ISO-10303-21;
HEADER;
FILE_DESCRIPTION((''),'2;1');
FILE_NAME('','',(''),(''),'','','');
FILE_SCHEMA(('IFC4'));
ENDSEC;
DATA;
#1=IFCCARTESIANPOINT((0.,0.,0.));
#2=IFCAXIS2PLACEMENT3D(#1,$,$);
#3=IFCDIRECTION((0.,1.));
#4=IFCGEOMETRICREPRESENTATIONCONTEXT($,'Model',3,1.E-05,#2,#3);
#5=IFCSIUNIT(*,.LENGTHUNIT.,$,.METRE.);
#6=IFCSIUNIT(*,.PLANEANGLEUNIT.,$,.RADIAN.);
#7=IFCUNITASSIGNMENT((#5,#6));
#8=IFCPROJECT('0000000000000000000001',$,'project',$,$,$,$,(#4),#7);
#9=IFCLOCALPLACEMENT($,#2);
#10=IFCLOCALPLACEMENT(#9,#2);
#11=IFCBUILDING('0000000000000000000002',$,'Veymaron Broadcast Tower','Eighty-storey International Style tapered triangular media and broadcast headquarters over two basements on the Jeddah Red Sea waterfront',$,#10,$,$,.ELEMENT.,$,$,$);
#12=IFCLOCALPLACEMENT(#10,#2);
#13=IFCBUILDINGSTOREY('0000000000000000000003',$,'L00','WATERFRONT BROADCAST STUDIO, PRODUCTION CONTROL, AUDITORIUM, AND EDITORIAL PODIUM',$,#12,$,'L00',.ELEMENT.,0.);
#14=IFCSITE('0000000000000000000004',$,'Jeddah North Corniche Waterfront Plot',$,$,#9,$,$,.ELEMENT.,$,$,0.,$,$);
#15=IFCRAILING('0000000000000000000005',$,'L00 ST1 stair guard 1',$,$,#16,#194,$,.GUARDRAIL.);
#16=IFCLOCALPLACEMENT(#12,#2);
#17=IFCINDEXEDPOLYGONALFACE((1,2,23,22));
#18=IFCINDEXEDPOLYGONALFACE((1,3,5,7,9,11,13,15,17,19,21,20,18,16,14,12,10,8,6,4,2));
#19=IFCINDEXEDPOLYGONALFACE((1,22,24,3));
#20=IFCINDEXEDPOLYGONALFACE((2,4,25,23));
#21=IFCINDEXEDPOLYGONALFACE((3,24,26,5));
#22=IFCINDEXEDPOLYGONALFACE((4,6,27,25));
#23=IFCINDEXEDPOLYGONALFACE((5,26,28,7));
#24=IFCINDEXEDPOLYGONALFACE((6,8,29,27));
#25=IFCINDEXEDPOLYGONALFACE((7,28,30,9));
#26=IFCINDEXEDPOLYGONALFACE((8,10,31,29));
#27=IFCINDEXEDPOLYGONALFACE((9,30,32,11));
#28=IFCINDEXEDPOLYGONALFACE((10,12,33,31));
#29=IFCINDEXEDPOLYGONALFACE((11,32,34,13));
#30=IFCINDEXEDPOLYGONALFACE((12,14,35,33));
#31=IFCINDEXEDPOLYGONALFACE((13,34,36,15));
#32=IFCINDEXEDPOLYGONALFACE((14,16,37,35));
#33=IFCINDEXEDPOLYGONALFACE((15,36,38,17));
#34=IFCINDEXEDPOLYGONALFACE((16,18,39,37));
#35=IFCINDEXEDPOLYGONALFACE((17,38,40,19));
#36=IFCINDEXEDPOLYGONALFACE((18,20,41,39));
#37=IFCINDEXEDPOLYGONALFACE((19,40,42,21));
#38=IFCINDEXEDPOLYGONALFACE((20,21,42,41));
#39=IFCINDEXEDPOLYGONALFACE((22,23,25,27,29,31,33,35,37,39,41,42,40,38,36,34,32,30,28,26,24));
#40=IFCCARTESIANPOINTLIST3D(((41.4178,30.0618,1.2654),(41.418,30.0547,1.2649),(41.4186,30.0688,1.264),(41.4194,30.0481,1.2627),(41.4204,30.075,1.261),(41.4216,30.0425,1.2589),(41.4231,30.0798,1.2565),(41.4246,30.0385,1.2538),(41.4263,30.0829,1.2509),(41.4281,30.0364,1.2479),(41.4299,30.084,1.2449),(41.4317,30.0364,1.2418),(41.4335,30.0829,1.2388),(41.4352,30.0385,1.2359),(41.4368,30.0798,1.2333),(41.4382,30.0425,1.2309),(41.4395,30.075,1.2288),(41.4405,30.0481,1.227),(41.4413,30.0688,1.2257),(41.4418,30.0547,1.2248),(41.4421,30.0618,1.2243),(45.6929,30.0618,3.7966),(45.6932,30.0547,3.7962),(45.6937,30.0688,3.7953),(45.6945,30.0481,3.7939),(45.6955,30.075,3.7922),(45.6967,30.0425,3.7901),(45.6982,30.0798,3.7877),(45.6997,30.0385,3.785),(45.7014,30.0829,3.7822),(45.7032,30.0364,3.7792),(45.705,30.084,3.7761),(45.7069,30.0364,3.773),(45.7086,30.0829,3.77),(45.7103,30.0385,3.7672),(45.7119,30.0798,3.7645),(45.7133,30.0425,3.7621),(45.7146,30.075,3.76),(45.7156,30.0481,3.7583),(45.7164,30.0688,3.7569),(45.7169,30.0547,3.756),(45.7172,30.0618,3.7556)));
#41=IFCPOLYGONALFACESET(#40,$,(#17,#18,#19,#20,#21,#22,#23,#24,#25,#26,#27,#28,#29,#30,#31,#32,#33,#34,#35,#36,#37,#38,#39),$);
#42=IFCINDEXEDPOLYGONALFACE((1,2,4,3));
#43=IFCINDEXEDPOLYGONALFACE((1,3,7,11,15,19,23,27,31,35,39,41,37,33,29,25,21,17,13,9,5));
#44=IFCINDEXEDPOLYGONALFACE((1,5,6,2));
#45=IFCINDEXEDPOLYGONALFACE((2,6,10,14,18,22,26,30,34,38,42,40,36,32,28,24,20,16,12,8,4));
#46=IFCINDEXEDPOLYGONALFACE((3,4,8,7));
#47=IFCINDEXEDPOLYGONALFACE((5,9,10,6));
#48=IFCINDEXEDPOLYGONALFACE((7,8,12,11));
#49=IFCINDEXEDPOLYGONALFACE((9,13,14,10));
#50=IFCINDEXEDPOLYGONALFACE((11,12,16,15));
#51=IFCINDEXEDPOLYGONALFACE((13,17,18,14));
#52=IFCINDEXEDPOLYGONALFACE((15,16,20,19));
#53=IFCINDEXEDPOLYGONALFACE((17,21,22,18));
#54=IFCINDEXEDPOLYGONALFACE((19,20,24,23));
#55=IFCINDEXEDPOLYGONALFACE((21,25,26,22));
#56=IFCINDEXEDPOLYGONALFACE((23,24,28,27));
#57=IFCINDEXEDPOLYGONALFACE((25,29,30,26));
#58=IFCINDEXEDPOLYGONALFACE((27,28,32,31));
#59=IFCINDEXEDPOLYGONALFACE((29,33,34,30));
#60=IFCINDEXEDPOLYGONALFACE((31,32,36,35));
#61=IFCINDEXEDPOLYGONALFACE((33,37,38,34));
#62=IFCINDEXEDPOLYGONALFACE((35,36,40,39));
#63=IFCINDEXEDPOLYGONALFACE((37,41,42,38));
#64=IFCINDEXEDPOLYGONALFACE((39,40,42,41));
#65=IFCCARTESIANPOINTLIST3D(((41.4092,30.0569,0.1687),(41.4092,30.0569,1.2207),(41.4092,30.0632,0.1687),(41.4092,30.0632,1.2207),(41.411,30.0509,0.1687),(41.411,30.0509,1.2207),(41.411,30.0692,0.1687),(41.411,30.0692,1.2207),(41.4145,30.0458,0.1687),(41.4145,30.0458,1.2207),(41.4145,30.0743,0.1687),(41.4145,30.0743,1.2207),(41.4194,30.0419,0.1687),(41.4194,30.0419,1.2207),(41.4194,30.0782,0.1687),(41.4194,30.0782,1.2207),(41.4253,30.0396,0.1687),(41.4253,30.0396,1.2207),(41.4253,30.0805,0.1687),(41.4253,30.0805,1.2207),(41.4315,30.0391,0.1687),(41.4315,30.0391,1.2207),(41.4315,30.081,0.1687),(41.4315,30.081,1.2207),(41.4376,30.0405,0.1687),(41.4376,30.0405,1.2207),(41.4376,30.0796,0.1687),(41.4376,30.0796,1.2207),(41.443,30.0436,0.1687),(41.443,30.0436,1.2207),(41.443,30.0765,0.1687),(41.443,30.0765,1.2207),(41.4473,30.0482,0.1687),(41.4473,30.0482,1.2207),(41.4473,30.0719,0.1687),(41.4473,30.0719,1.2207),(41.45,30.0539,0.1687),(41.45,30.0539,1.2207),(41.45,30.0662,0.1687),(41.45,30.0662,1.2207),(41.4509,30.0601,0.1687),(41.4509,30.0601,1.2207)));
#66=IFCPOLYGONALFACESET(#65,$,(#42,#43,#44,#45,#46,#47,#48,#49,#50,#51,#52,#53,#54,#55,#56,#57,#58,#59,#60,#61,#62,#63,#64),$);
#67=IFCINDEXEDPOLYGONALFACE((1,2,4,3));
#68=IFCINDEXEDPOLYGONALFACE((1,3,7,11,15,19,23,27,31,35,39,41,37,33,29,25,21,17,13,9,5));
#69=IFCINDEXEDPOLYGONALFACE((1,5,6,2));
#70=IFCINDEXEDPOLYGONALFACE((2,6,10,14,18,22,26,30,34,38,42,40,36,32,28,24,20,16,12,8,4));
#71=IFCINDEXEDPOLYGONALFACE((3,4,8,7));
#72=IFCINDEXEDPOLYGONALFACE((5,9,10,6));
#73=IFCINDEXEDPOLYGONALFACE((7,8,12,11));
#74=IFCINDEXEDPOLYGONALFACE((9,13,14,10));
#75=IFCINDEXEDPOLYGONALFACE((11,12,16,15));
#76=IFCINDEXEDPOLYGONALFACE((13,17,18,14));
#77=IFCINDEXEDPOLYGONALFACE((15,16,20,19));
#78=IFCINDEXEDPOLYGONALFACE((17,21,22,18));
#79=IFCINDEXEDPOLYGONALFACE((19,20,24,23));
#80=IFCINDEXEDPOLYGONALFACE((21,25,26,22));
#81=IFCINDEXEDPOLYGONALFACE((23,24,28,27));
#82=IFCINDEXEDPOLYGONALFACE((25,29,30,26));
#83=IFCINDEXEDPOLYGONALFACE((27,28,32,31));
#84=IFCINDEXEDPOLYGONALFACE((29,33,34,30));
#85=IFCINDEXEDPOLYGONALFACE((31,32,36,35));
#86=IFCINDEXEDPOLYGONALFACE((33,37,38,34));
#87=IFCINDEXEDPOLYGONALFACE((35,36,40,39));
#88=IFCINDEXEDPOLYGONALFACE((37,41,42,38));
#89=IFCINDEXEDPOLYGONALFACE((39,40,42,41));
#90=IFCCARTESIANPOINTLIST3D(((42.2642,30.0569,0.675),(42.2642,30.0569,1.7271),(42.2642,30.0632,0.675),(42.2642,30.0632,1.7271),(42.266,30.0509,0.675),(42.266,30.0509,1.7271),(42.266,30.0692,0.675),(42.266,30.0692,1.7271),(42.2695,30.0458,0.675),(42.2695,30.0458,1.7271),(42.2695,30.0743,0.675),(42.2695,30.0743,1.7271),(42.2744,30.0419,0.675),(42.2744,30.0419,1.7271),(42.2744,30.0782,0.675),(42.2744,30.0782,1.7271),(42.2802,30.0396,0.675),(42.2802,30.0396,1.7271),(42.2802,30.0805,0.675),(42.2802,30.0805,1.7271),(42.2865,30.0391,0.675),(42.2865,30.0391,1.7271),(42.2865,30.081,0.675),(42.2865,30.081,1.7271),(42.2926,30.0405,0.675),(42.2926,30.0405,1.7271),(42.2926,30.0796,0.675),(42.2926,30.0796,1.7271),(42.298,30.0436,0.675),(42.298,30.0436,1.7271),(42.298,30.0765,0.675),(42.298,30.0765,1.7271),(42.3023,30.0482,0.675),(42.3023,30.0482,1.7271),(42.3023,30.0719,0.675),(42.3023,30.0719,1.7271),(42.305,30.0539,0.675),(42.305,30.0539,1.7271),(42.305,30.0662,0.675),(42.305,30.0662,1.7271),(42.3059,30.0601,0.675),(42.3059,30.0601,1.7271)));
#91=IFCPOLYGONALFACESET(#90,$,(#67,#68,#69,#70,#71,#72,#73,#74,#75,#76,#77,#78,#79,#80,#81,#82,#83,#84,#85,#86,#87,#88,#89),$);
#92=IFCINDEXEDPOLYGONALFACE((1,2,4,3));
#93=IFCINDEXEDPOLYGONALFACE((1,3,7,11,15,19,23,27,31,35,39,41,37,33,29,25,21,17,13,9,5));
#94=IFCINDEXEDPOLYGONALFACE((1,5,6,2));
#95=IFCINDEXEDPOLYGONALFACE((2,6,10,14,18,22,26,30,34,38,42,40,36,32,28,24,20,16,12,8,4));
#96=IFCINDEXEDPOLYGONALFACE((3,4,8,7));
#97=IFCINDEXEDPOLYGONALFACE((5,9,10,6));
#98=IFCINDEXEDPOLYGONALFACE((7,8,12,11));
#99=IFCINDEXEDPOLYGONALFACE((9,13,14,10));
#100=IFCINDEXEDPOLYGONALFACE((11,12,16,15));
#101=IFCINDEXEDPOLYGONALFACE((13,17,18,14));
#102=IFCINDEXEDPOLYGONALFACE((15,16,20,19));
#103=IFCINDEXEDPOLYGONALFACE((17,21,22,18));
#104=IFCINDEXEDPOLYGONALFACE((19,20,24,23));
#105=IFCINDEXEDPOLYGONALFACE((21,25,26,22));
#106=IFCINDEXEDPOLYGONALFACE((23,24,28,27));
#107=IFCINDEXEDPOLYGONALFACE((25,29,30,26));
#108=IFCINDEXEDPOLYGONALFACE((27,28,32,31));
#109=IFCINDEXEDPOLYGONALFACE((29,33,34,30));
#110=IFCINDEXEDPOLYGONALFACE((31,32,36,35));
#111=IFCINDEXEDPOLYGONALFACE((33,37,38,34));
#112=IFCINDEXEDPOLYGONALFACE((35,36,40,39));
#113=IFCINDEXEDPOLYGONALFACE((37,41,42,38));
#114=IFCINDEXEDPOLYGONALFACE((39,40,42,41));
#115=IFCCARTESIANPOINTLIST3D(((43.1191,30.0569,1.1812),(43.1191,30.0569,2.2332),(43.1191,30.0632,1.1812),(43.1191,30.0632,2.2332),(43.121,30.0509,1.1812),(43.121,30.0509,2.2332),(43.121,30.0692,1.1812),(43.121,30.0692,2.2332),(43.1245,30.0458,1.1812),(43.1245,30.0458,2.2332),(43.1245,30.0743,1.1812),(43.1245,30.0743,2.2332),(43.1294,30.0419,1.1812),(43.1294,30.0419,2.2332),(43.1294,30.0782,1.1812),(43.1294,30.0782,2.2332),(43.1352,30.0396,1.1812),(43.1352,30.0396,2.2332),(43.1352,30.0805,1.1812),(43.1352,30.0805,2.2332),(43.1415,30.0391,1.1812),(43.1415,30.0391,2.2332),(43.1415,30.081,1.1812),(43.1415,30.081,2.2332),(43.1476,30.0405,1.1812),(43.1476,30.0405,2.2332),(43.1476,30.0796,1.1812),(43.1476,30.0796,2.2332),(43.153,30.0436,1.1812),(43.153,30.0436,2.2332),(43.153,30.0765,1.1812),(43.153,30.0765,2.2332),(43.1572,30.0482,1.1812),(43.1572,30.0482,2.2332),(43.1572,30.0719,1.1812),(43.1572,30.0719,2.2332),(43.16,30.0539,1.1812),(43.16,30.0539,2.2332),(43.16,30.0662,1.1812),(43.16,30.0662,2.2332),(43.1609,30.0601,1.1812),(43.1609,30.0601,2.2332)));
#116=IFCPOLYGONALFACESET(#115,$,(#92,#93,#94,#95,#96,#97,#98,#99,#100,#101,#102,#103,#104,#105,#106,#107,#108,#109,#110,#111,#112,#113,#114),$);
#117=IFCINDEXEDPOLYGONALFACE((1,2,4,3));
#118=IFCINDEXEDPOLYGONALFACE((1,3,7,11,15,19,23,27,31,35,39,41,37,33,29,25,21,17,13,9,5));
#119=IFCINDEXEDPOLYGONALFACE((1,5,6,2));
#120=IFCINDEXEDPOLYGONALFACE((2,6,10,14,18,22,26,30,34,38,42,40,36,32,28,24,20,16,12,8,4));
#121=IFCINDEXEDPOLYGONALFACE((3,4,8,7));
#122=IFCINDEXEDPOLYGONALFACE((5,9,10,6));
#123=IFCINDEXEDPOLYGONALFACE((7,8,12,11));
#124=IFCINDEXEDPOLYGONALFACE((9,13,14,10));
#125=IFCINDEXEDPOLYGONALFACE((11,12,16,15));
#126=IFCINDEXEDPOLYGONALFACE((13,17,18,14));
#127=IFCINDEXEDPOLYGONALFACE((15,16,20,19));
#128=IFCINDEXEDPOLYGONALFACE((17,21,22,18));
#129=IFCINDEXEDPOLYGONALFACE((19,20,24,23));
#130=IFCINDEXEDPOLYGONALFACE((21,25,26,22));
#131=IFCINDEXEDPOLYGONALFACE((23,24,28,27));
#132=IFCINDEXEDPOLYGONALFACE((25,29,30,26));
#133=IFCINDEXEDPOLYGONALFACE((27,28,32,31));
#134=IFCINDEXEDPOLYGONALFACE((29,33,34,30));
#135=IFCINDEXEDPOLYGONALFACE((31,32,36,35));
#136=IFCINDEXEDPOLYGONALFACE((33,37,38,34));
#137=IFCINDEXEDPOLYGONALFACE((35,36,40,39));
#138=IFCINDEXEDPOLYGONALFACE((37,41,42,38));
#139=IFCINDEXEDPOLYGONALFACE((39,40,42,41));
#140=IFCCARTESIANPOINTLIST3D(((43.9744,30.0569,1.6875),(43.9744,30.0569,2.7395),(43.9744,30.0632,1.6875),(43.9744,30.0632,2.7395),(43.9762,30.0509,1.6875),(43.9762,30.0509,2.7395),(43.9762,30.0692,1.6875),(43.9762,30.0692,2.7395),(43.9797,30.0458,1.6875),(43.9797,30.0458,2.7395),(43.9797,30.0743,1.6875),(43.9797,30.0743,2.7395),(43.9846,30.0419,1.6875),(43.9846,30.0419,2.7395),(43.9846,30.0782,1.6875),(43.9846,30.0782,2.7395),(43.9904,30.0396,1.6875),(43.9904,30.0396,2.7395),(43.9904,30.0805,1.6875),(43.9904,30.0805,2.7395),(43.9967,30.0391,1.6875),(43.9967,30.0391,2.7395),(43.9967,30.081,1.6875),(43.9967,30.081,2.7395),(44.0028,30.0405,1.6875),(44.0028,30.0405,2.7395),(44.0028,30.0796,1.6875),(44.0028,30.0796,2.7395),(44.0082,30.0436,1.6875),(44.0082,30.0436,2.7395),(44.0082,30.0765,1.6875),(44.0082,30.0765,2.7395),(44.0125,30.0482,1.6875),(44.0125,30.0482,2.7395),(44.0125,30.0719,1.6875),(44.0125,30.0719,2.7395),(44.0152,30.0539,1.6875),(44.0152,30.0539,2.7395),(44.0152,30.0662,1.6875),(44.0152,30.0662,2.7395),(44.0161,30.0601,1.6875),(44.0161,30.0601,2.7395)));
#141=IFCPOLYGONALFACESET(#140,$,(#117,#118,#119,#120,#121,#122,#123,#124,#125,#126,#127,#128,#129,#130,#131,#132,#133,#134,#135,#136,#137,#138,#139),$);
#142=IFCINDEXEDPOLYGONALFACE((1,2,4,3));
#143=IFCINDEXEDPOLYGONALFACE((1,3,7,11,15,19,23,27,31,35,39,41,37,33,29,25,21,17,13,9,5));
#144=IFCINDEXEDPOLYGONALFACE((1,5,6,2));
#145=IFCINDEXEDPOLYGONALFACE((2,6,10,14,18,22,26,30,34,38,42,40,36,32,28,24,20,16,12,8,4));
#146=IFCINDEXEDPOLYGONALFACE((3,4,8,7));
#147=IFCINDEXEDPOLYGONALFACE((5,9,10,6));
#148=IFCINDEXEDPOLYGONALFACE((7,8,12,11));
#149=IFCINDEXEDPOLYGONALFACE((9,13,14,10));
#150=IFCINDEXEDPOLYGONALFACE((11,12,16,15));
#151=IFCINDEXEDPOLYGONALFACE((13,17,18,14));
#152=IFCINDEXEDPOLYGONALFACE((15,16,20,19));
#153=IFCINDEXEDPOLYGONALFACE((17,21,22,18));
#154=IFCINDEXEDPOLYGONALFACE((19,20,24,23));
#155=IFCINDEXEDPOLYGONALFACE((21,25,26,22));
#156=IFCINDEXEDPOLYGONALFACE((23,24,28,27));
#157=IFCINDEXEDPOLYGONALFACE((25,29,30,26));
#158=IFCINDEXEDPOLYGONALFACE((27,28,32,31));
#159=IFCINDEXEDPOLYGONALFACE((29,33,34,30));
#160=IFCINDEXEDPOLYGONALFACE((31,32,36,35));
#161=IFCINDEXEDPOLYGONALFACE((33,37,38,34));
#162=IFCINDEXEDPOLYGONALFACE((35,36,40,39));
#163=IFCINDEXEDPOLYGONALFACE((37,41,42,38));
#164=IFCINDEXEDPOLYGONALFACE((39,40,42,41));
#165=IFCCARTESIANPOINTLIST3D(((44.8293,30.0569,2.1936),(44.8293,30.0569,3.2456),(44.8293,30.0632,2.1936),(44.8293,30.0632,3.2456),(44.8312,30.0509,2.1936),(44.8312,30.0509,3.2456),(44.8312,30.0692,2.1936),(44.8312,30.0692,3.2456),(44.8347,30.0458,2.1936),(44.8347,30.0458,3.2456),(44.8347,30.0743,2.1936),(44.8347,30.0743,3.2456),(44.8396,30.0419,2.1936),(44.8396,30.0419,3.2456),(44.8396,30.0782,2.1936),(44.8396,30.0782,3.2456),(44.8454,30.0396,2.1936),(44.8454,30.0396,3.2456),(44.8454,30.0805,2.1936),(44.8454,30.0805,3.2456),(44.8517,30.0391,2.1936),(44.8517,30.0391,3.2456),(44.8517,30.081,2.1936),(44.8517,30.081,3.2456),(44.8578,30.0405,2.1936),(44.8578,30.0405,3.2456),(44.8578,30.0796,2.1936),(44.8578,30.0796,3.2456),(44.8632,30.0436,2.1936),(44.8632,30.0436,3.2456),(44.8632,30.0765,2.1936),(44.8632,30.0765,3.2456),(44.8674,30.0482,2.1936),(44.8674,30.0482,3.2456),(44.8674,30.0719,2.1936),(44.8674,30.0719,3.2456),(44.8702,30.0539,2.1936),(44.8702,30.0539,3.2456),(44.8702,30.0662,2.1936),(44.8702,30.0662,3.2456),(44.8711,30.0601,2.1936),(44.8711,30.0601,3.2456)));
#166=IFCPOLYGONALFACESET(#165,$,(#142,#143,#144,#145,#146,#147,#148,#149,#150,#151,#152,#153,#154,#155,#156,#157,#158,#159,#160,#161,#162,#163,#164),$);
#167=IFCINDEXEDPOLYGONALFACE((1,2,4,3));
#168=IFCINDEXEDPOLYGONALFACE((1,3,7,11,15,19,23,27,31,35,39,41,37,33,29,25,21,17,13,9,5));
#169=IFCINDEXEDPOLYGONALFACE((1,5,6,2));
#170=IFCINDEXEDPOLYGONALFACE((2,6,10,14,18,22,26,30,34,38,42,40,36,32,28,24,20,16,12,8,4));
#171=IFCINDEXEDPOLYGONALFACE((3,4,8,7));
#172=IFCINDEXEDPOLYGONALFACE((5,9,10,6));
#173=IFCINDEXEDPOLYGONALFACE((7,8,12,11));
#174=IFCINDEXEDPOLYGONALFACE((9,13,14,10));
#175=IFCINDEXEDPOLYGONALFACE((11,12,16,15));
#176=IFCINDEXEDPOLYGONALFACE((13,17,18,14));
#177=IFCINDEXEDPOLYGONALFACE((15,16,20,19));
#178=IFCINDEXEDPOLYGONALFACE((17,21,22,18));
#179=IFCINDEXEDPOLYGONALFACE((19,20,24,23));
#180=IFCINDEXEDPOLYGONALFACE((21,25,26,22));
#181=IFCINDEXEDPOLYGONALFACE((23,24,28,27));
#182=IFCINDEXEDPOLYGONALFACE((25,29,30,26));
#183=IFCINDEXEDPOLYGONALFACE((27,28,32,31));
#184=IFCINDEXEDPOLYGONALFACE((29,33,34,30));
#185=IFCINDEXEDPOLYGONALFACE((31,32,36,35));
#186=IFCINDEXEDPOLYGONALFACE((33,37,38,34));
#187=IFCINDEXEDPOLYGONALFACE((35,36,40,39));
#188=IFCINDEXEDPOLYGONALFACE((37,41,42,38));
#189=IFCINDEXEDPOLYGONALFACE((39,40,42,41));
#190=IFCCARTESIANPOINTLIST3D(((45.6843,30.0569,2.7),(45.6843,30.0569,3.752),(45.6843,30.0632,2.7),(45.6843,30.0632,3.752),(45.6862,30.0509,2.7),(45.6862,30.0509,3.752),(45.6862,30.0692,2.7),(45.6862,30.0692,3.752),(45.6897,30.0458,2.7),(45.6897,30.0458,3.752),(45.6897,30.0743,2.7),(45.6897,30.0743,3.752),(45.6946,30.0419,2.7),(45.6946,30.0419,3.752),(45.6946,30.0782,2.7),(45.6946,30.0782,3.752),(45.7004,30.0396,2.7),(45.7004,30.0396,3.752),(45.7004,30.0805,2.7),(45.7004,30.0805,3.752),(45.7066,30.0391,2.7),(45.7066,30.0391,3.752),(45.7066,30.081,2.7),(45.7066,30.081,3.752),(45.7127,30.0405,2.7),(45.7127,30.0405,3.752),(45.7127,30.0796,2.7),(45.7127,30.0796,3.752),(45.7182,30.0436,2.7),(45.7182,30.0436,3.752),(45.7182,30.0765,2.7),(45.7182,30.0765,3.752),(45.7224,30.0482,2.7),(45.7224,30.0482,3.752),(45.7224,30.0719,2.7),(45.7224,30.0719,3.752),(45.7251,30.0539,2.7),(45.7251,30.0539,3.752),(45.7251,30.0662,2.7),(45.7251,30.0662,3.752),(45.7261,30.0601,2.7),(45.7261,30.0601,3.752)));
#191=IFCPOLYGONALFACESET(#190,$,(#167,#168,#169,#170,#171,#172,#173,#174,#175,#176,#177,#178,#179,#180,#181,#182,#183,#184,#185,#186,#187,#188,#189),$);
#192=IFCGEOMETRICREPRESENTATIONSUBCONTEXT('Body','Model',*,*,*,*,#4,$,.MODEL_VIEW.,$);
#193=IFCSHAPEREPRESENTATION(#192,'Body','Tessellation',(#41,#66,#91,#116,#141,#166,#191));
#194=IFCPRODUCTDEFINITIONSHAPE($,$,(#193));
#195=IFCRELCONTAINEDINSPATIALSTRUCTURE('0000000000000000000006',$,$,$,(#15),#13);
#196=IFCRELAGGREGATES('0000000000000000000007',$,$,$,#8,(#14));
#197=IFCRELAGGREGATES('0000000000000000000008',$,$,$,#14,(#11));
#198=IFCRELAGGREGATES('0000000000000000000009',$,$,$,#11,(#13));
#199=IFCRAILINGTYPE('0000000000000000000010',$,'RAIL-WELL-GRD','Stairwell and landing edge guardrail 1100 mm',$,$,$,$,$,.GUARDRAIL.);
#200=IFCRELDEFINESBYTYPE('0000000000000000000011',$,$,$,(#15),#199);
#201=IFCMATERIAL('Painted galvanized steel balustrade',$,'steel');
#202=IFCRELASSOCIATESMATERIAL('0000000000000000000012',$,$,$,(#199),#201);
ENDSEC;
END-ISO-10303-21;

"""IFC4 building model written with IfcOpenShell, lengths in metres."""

from ifc_helpers import new_model, si_unit, direction, frame, origin, origin_2d, place, context, subcontext, project, spatial, circle, extrude, material, type_object, element, save


model = new_model("IFC4")

# Units and contexts
model_context = context("Model", 3, precision=1e-05, world=origin(), true_north=direction((0.0, 1.0)))
body_context = subcontext(model_context, "Body", "Model", "MODEL_VIEW")
ifc_project = project(units=[si_unit("LENGTHUNIT", "METRE"), si_unit("PLANEANGLEUNIT", "RADIAN")], contexts=[model_context])

# Site, building, storey
site_placement = place(None, origin())
site = spatial("IfcSite", under=ifc_project, at=site_placement, Name="Jeddah North Corniche Waterfront Plot", CompositionType="ELEMENT", RefElevation=0.0)
building_placement = place(site_placement, origin())
building = spatial("IfcBuilding", under=site, at=building_placement, Name="Veymaron Broadcast Tower", Description="Eighty-storey International Style tapered triangular media and broadcast headquarters over two basements on the Jeddah Red Sea waterfront", CompositionType="ELEMENT")
storey_placement = place(building_placement, origin())
storey = spatial("IfcBuildingStorey", under=building, at=storey_placement, Name="L00", Description="WATERFRONT BROADCAST STUDIO, PRODUCTION CONTROL, AUDITORIUM, AND EDITORIAL PODIUM", LongName="L00", CompositionType="ELEMENT", Elevation=0.0)

# Railing
ifc_material_1 = material(Name="Painted galvanized steel balustrade", Category="steel")
railing_type_1 = type_object("IfcRailingType", Name="RAIL-WELL-GRD", Description="Stairwell and landing edge guardrail 1100 mm", PredefinedType="GUARDRAIL", material=ifc_material_1)
railing_1_placement = place(storey_placement, frame((41.4299, 30.0601, 0.1687)))
element("IfcRailing", 1, at=railing_1_placement, inside=storey, type_object=railing_type_1, Name="L00 ST1 stair guard 1", PredefinedType="GUARDRAIL", context=body_context, shape_type="SweptSolid", body=[
    extrude(circle(Radius=0.0239, at=origin_2d()), frame((0.0, 0.0, 1.0762), z_axis=(0.860483, 0.0, 0.509479), x_axis=(0.0, 1.0, 0.0)), (0.0, 0.0, 1.0), 4.9683),
    extrude(circle(Radius=0.021, at=origin_2d()), origin(), (0.0, 0.0, 1.0), 1.052),
    extrude(circle(Radius=0.021, at=origin_2d()), frame((0.855, 0.0, 0.5063)), (0.0, 0.0, 1.0), 1.052),
    extrude(circle(Radius=0.021, at=origin_2d()), frame((1.71, 0.0, 1.0125)), (0.0, 0.0, 1.0), 1.052),
    extrude(circle(Radius=0.021, at=origin_2d()), frame((2.5652, 0.0, 1.5188)), (0.0, 0.0, 1.0), 1.052),
    extrude(circle(Radius=0.021, at=origin_2d()), frame((3.4202, 0.0, 2.0249)), (0.0, 0.0, 1.0), 1.052),
    extrude(circle(Radius=0.021, at=origin_2d()), frame((4.2751, 0.0, 2.5312)), (0.0, 0.0, 1.0), 1.052),
])

save(model, "model.ifc")
